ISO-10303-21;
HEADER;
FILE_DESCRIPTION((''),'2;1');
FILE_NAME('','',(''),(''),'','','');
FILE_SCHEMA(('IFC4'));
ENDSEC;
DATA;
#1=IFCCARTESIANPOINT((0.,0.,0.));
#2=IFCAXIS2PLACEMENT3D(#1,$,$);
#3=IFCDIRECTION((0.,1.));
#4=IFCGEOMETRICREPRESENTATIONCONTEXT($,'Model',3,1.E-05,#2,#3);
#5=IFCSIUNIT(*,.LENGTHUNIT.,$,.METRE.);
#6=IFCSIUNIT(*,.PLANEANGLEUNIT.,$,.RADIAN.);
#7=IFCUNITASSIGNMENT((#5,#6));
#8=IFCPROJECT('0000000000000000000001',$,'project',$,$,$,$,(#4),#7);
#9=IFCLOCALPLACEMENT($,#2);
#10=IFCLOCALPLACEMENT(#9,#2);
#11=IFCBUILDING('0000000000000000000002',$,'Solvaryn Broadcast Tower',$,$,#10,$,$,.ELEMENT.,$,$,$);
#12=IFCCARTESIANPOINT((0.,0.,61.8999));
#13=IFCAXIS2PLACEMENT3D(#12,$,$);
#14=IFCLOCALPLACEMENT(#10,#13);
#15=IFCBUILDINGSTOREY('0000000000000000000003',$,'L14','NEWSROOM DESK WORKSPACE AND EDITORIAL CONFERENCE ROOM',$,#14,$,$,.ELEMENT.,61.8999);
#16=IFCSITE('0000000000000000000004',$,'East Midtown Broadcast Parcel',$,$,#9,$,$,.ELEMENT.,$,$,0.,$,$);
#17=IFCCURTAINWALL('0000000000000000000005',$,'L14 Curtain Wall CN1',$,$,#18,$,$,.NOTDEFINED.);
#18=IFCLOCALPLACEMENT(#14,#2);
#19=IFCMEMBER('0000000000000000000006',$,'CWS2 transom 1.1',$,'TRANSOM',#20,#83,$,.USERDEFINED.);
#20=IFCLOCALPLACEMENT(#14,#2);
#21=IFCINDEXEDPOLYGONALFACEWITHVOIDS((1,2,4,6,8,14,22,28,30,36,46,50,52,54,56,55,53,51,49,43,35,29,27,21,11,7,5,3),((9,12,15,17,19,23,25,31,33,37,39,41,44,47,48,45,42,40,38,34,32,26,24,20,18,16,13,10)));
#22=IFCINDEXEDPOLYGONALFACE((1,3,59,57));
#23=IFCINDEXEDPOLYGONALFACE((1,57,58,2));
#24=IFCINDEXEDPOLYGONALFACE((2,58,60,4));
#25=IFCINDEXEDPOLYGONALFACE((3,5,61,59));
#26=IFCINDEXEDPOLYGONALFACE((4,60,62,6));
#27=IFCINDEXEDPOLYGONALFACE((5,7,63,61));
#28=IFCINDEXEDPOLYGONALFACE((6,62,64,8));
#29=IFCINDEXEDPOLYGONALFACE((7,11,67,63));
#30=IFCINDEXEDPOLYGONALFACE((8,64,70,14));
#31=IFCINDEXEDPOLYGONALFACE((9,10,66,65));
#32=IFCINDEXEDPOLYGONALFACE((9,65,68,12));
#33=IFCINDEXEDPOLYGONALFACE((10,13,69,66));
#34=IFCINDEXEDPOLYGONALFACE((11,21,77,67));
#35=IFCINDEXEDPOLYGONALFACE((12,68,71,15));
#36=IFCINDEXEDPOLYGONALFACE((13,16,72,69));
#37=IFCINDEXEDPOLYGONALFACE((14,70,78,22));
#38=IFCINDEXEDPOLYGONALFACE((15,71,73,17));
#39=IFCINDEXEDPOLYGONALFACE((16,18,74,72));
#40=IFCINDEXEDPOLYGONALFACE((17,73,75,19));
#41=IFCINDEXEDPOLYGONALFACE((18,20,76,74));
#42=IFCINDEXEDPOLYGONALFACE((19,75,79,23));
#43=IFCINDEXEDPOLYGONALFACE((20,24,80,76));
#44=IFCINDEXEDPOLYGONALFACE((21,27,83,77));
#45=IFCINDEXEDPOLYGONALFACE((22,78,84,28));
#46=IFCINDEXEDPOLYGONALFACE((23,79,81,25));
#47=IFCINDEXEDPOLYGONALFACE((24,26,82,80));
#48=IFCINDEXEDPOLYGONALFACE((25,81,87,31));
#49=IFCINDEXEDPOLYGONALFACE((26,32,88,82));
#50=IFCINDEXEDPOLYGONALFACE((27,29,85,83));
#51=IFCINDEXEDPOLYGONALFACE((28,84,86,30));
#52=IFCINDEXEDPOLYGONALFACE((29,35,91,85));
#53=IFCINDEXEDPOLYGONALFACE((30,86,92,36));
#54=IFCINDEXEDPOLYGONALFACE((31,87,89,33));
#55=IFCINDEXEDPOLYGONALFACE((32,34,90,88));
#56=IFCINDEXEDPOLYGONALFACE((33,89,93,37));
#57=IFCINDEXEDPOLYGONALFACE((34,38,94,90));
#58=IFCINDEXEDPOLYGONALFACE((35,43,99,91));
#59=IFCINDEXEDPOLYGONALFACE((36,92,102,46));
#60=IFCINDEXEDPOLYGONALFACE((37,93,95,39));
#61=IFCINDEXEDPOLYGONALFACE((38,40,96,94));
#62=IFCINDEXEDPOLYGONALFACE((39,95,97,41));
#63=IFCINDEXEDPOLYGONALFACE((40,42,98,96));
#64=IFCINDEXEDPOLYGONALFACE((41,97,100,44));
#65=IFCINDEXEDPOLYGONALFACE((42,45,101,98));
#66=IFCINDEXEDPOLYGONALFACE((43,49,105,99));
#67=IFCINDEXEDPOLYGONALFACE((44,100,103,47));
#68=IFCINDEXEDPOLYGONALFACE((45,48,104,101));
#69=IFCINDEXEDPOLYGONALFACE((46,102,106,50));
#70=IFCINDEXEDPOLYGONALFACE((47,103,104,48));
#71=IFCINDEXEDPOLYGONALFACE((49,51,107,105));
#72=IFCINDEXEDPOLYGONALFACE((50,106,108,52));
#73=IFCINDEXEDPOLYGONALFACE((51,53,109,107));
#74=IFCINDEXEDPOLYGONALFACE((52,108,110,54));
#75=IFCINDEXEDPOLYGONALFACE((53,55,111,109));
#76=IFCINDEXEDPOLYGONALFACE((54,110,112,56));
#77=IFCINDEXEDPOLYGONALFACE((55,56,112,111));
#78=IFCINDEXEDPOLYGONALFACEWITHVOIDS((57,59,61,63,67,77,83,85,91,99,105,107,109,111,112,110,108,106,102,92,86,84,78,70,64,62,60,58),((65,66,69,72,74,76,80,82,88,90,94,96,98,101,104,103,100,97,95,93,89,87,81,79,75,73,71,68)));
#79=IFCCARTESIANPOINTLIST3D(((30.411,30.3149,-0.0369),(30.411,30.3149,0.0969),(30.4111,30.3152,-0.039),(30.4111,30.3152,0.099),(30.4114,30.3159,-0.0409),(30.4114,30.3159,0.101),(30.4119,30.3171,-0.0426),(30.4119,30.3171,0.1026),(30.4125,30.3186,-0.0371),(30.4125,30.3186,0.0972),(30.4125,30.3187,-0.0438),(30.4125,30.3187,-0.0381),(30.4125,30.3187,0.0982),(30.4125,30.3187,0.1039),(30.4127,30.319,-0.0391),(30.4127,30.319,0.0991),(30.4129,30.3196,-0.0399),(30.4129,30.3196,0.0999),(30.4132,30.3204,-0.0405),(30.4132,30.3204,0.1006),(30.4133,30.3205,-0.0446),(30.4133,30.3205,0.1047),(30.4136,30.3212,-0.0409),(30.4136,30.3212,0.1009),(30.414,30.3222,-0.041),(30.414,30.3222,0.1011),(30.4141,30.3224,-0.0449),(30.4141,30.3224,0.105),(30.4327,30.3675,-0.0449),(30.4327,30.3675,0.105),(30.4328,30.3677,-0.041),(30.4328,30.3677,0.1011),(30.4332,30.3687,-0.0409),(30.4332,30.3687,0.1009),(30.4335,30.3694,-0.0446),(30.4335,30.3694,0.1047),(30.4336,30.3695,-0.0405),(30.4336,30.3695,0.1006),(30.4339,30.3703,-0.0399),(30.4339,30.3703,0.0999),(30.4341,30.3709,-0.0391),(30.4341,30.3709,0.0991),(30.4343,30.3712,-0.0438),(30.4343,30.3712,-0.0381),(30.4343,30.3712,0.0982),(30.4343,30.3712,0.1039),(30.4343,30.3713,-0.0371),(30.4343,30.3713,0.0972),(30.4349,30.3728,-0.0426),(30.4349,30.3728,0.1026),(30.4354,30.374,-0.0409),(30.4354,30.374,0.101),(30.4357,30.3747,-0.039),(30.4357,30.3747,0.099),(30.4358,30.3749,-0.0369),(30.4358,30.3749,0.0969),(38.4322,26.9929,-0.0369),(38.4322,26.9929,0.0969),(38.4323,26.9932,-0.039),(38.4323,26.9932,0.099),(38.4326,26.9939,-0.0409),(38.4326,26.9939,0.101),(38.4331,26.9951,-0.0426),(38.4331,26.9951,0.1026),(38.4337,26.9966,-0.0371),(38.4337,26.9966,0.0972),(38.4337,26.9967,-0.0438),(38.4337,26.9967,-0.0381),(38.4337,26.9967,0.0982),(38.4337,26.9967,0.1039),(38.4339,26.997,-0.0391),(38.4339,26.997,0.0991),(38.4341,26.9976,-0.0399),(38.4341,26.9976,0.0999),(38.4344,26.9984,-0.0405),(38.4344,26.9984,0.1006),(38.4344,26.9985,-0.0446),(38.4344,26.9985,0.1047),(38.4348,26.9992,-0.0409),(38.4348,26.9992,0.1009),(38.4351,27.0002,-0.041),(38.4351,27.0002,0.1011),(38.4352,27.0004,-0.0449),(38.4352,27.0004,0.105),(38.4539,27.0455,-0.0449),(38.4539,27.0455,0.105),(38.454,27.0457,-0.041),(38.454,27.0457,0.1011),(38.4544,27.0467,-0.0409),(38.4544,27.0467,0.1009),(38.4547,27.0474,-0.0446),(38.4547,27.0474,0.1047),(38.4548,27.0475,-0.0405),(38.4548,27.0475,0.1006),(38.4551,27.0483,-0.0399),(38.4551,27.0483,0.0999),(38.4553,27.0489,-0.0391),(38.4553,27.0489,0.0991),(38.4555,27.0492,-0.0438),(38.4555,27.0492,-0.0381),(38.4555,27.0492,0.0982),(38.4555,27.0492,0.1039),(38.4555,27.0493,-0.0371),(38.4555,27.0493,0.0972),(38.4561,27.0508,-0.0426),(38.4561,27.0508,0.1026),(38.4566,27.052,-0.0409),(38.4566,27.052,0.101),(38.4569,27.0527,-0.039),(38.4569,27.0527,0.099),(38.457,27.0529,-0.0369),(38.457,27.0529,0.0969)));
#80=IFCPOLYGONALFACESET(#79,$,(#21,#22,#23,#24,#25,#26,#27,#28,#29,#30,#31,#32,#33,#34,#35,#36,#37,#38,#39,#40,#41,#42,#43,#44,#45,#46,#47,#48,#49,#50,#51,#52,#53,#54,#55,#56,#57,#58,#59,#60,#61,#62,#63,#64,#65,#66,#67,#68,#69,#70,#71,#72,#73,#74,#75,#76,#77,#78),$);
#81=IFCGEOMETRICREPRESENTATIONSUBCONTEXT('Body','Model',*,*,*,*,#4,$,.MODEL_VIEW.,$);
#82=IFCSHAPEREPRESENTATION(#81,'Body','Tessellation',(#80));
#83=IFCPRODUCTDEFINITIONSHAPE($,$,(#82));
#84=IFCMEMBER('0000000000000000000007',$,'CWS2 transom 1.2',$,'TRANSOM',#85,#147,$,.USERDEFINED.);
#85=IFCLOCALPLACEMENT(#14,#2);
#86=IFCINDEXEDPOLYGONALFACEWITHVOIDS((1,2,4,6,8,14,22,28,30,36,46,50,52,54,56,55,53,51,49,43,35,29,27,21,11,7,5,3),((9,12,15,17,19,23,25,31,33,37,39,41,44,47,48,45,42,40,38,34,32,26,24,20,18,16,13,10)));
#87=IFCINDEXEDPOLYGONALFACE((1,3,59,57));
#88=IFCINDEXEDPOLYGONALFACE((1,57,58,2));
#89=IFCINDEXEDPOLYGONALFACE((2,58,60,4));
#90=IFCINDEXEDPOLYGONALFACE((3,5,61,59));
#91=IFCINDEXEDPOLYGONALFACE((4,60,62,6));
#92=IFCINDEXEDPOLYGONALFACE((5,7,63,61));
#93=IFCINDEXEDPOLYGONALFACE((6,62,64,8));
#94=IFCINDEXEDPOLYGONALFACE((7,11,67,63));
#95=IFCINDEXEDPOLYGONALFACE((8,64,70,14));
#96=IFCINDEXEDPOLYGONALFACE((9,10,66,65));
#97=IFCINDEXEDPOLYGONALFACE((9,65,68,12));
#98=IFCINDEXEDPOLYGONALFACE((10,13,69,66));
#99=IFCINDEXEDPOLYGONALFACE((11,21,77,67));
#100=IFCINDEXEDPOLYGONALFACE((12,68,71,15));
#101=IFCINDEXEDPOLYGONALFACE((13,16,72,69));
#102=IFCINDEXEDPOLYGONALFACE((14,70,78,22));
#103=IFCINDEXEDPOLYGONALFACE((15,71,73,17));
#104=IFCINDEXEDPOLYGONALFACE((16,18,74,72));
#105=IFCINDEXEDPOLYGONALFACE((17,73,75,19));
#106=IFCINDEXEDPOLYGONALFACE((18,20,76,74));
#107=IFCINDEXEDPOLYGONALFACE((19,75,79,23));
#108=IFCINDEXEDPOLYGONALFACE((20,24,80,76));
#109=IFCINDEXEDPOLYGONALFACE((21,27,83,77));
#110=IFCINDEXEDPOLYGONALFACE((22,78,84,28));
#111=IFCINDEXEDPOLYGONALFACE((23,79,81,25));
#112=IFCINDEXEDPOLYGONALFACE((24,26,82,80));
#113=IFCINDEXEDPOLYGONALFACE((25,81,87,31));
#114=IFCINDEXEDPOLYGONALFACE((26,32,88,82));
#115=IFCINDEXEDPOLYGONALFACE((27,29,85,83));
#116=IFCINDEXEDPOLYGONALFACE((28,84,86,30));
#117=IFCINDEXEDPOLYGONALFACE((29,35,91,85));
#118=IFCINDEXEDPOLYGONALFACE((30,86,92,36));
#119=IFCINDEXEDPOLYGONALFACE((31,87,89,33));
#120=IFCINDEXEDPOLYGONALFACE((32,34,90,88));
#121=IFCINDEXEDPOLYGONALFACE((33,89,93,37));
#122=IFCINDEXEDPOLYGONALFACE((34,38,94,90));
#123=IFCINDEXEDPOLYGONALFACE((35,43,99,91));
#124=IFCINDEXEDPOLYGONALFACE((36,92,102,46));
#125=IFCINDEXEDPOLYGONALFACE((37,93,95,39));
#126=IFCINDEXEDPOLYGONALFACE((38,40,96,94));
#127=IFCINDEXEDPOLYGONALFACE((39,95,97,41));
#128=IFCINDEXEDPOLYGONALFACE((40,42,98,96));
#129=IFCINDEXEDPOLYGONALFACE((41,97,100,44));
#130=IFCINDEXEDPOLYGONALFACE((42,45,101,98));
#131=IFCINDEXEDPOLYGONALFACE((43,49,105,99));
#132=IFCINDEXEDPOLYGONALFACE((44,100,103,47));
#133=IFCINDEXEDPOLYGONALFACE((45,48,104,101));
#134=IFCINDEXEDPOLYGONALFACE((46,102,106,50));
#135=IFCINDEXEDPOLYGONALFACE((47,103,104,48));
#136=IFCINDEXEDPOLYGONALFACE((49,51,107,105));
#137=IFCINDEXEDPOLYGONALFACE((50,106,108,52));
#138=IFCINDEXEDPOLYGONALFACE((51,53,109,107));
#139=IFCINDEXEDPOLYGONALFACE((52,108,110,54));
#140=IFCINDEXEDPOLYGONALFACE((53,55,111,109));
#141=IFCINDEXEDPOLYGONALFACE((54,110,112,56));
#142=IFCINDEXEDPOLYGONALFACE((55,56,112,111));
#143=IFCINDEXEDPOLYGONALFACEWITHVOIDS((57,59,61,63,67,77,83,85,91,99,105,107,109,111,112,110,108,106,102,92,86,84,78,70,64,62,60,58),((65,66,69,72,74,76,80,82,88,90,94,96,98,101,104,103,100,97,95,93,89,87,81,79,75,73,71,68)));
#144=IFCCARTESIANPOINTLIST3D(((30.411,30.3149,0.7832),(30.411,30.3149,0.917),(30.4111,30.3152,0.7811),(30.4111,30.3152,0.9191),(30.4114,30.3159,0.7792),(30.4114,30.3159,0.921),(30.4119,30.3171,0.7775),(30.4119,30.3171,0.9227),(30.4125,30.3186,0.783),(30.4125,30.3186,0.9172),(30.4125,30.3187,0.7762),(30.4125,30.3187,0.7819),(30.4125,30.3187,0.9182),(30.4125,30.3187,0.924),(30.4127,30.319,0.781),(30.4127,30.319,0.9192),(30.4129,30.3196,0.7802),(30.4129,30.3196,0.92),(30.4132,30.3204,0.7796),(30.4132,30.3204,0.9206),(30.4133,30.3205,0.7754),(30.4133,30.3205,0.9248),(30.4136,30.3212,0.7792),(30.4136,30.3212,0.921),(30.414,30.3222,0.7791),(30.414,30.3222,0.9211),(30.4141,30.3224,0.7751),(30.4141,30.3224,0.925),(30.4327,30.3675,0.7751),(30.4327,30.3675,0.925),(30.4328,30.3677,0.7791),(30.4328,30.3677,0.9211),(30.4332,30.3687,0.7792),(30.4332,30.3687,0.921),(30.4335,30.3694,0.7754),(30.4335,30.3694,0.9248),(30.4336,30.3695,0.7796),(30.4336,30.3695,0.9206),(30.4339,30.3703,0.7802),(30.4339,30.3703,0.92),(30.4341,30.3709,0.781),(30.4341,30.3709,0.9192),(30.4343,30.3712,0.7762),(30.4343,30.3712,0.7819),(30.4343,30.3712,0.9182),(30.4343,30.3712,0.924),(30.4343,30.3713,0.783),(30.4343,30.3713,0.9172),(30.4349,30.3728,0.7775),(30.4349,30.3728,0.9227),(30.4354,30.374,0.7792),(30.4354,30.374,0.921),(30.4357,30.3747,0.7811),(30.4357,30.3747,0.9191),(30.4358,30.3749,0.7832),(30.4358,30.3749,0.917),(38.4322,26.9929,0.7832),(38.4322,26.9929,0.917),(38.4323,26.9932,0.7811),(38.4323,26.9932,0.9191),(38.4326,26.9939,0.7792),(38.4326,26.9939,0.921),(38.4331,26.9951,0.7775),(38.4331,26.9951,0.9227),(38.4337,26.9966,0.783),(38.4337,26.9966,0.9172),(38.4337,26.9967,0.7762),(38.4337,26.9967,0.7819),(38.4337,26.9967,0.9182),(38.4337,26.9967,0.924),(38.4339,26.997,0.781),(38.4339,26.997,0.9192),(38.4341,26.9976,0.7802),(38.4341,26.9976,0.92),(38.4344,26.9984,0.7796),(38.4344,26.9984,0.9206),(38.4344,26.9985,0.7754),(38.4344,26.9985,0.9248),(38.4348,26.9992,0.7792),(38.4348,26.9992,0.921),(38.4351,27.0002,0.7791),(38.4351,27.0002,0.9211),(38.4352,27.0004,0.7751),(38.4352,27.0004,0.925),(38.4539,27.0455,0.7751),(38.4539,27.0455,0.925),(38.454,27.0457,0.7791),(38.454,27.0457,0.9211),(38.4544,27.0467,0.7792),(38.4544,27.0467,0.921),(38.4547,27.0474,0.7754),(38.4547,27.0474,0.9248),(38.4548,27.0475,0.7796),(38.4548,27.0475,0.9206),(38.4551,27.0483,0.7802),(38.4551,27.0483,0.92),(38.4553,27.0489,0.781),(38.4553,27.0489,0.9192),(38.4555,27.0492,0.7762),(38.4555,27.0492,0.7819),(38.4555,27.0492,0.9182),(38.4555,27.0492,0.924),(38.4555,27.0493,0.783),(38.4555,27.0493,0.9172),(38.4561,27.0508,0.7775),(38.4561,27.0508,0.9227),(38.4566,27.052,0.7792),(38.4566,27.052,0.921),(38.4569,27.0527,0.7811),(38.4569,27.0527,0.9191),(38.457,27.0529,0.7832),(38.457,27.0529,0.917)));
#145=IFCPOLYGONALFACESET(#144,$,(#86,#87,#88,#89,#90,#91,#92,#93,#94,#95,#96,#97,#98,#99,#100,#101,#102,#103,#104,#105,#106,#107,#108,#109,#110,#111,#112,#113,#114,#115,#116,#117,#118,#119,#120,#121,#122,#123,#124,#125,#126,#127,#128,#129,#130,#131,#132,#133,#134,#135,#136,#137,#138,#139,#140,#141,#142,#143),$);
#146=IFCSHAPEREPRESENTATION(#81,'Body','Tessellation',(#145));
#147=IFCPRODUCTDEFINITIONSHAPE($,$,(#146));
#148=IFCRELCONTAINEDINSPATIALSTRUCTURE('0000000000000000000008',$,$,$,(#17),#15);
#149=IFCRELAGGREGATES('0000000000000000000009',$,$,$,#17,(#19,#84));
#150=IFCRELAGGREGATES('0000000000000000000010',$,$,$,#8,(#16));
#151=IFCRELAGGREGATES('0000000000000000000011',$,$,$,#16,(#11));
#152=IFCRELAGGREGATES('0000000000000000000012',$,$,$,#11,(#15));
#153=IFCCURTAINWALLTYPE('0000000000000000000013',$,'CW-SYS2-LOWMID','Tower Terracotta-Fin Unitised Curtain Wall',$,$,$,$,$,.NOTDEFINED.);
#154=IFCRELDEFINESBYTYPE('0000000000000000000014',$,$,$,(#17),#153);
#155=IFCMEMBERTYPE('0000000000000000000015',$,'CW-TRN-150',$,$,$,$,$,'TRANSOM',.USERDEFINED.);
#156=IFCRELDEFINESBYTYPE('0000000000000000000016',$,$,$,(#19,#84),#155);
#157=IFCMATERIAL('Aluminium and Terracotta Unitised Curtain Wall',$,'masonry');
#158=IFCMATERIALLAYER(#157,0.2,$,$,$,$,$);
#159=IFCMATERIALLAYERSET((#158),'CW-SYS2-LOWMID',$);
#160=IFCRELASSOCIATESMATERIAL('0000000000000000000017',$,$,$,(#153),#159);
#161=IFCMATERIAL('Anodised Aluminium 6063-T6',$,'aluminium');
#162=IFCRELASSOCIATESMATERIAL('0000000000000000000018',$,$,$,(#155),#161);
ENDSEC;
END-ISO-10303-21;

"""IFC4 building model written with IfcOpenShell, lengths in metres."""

from ifc_helpers import new_model, si_unit, direction, frame, origin, origin_2d, place, context, subcontext, project, spatial, hollow_rectangle, extrude, material, layer, layer_set, material_profile, profile_set, type_object, element, aggregate, save


model = new_model("IFC4")

# Units and contexts
model_context = context("Model", 3, precision=1e-05, world=origin(), true_north=direction((0.0, 1.0)))
body_context = subcontext(model_context, "Body", "Model", "MODEL_VIEW")
ifc_project = project(units=[si_unit("LENGTHUNIT", "METRE"), si_unit("PLANEANGLEUNIT", "RADIAN")], contexts=[model_context])

# Site, building, storey
site_placement = place(None, origin())
site = spatial("IfcSite", under=ifc_project, at=site_placement, Name="East Midtown Broadcast Parcel", CompositionType="ELEMENT", RefElevation=0.0)
building_placement = place(site_placement, origin())
building = spatial("IfcBuilding", under=site, at=building_placement, Name="Solvaryn Broadcast Tower", CompositionType="ELEMENT")
storey_placement = place(building_placement, frame((0.0, 0.0, 61.8999)))
storey = spatial("IfcBuildingStorey", under=building, at=storey_placement, Name="L14", Description="NEWSROOM DESK WORKSPACE AND EDITORIAL CONFERENCE ROOM", CompositionType="ELEMENT", Elevation=61.8999)

# Curtain wall
ifc_material_1 = material(Name="Aluminium and Terracotta Unitised Curtain Wall", Category="masonry")
ifc_layer_1 = layer(ifc_material_1, 0.2)
ifc_layer_set_1 = layer_set([ifc_layer_1], Name="CW-SYS2-LOWMID")
curtain_wall_type = type_object("IfcCurtainWallType", Name="CW-SYS2-LOWMID", Description="Tower Terracotta-Fin Unitised Curtain Wall", PredefinedType="NOTDEFINED", material=ifc_layer_set_1)
curtain_wall_1_placement = place(storey_placement, origin())
curtain_wall_1 = element("IfcCurtainWall", 1, at=curtain_wall_1_placement, inside=storey, type_object=curtain_wall_type, Name="L14 Curtain Wall CN1", PredefinedType="NOTDEFINED")

# Members
ifc_material_2 = material(Name="Anodised Aluminium 6063-T6", Category="aluminium")
ifc_material_profile_1 = material_profile(ifc_material_2, hollow_rectangle(XDim=0.0649, YDim=0.1499, WallThickness=0.0039, InnerFilletRadius=0.0039, OuterFilletRadius=0.0081, at=origin_2d()))
ifc_profile_set_1 = profile_set([ifc_material_profile_1], Name="Anodised Aluminium 6063-T6")
member_type_1 = type_object("IfcMemberType", Name="CW-TRN-150", ElementType="TRANSOM", PredefinedType="USERDEFINED", material=ifc_profile_set_1)
member_1_placement = place(storey_placement, frame((38.4446, 27.0229, 0.03), z_axis=(-0.923899, 0.382636, 0.0), x_axis=(-0.382636, -0.923899, 0.0)))
member_1 = element("IfcMember", 2, at=member_1_placement, type_object=member_type_1, Name="CWS2 transom 1.1", ObjectType="TRANSOM", PredefinedType="USERDEFINED", context=body_context, shape_type="SweptSolid", body=[
    extrude(hollow_rectangle(XDim=0.0649, YDim=0.1499, WallThickness=0.0039, InnerFilletRadius=0.0039, OuterFilletRadius=0.0081, at=origin_2d()), origin(), (0.0, 0.0, 1.0), 8.6819),
])
member_2_placement = place(storey_placement, frame((38.4446, 27.0229, 0.8501), z_axis=(-0.923899, 0.382636, 0.0), x_axis=(-0.382636, -0.923899, 0.0)))
member_2 = element("IfcMember", 3, at=member_2_placement, type_object=member_type_1, Name="CWS2 transom 1.2", ObjectType="TRANSOM", PredefinedType="USERDEFINED", context=body_context, shape_type="SweptSolid", body=[
    extrude(hollow_rectangle(XDim=0.0649, YDim=0.1499, WallThickness=0.0039, InnerFilletRadius=0.0039, OuterFilletRadius=0.0081, at=origin_2d()), origin(), (0.0, 0.0, 1.0), 8.6819),
])

aggregate(curtain_wall_1, [member_1, member_2])

save(model, "model.ifc")
